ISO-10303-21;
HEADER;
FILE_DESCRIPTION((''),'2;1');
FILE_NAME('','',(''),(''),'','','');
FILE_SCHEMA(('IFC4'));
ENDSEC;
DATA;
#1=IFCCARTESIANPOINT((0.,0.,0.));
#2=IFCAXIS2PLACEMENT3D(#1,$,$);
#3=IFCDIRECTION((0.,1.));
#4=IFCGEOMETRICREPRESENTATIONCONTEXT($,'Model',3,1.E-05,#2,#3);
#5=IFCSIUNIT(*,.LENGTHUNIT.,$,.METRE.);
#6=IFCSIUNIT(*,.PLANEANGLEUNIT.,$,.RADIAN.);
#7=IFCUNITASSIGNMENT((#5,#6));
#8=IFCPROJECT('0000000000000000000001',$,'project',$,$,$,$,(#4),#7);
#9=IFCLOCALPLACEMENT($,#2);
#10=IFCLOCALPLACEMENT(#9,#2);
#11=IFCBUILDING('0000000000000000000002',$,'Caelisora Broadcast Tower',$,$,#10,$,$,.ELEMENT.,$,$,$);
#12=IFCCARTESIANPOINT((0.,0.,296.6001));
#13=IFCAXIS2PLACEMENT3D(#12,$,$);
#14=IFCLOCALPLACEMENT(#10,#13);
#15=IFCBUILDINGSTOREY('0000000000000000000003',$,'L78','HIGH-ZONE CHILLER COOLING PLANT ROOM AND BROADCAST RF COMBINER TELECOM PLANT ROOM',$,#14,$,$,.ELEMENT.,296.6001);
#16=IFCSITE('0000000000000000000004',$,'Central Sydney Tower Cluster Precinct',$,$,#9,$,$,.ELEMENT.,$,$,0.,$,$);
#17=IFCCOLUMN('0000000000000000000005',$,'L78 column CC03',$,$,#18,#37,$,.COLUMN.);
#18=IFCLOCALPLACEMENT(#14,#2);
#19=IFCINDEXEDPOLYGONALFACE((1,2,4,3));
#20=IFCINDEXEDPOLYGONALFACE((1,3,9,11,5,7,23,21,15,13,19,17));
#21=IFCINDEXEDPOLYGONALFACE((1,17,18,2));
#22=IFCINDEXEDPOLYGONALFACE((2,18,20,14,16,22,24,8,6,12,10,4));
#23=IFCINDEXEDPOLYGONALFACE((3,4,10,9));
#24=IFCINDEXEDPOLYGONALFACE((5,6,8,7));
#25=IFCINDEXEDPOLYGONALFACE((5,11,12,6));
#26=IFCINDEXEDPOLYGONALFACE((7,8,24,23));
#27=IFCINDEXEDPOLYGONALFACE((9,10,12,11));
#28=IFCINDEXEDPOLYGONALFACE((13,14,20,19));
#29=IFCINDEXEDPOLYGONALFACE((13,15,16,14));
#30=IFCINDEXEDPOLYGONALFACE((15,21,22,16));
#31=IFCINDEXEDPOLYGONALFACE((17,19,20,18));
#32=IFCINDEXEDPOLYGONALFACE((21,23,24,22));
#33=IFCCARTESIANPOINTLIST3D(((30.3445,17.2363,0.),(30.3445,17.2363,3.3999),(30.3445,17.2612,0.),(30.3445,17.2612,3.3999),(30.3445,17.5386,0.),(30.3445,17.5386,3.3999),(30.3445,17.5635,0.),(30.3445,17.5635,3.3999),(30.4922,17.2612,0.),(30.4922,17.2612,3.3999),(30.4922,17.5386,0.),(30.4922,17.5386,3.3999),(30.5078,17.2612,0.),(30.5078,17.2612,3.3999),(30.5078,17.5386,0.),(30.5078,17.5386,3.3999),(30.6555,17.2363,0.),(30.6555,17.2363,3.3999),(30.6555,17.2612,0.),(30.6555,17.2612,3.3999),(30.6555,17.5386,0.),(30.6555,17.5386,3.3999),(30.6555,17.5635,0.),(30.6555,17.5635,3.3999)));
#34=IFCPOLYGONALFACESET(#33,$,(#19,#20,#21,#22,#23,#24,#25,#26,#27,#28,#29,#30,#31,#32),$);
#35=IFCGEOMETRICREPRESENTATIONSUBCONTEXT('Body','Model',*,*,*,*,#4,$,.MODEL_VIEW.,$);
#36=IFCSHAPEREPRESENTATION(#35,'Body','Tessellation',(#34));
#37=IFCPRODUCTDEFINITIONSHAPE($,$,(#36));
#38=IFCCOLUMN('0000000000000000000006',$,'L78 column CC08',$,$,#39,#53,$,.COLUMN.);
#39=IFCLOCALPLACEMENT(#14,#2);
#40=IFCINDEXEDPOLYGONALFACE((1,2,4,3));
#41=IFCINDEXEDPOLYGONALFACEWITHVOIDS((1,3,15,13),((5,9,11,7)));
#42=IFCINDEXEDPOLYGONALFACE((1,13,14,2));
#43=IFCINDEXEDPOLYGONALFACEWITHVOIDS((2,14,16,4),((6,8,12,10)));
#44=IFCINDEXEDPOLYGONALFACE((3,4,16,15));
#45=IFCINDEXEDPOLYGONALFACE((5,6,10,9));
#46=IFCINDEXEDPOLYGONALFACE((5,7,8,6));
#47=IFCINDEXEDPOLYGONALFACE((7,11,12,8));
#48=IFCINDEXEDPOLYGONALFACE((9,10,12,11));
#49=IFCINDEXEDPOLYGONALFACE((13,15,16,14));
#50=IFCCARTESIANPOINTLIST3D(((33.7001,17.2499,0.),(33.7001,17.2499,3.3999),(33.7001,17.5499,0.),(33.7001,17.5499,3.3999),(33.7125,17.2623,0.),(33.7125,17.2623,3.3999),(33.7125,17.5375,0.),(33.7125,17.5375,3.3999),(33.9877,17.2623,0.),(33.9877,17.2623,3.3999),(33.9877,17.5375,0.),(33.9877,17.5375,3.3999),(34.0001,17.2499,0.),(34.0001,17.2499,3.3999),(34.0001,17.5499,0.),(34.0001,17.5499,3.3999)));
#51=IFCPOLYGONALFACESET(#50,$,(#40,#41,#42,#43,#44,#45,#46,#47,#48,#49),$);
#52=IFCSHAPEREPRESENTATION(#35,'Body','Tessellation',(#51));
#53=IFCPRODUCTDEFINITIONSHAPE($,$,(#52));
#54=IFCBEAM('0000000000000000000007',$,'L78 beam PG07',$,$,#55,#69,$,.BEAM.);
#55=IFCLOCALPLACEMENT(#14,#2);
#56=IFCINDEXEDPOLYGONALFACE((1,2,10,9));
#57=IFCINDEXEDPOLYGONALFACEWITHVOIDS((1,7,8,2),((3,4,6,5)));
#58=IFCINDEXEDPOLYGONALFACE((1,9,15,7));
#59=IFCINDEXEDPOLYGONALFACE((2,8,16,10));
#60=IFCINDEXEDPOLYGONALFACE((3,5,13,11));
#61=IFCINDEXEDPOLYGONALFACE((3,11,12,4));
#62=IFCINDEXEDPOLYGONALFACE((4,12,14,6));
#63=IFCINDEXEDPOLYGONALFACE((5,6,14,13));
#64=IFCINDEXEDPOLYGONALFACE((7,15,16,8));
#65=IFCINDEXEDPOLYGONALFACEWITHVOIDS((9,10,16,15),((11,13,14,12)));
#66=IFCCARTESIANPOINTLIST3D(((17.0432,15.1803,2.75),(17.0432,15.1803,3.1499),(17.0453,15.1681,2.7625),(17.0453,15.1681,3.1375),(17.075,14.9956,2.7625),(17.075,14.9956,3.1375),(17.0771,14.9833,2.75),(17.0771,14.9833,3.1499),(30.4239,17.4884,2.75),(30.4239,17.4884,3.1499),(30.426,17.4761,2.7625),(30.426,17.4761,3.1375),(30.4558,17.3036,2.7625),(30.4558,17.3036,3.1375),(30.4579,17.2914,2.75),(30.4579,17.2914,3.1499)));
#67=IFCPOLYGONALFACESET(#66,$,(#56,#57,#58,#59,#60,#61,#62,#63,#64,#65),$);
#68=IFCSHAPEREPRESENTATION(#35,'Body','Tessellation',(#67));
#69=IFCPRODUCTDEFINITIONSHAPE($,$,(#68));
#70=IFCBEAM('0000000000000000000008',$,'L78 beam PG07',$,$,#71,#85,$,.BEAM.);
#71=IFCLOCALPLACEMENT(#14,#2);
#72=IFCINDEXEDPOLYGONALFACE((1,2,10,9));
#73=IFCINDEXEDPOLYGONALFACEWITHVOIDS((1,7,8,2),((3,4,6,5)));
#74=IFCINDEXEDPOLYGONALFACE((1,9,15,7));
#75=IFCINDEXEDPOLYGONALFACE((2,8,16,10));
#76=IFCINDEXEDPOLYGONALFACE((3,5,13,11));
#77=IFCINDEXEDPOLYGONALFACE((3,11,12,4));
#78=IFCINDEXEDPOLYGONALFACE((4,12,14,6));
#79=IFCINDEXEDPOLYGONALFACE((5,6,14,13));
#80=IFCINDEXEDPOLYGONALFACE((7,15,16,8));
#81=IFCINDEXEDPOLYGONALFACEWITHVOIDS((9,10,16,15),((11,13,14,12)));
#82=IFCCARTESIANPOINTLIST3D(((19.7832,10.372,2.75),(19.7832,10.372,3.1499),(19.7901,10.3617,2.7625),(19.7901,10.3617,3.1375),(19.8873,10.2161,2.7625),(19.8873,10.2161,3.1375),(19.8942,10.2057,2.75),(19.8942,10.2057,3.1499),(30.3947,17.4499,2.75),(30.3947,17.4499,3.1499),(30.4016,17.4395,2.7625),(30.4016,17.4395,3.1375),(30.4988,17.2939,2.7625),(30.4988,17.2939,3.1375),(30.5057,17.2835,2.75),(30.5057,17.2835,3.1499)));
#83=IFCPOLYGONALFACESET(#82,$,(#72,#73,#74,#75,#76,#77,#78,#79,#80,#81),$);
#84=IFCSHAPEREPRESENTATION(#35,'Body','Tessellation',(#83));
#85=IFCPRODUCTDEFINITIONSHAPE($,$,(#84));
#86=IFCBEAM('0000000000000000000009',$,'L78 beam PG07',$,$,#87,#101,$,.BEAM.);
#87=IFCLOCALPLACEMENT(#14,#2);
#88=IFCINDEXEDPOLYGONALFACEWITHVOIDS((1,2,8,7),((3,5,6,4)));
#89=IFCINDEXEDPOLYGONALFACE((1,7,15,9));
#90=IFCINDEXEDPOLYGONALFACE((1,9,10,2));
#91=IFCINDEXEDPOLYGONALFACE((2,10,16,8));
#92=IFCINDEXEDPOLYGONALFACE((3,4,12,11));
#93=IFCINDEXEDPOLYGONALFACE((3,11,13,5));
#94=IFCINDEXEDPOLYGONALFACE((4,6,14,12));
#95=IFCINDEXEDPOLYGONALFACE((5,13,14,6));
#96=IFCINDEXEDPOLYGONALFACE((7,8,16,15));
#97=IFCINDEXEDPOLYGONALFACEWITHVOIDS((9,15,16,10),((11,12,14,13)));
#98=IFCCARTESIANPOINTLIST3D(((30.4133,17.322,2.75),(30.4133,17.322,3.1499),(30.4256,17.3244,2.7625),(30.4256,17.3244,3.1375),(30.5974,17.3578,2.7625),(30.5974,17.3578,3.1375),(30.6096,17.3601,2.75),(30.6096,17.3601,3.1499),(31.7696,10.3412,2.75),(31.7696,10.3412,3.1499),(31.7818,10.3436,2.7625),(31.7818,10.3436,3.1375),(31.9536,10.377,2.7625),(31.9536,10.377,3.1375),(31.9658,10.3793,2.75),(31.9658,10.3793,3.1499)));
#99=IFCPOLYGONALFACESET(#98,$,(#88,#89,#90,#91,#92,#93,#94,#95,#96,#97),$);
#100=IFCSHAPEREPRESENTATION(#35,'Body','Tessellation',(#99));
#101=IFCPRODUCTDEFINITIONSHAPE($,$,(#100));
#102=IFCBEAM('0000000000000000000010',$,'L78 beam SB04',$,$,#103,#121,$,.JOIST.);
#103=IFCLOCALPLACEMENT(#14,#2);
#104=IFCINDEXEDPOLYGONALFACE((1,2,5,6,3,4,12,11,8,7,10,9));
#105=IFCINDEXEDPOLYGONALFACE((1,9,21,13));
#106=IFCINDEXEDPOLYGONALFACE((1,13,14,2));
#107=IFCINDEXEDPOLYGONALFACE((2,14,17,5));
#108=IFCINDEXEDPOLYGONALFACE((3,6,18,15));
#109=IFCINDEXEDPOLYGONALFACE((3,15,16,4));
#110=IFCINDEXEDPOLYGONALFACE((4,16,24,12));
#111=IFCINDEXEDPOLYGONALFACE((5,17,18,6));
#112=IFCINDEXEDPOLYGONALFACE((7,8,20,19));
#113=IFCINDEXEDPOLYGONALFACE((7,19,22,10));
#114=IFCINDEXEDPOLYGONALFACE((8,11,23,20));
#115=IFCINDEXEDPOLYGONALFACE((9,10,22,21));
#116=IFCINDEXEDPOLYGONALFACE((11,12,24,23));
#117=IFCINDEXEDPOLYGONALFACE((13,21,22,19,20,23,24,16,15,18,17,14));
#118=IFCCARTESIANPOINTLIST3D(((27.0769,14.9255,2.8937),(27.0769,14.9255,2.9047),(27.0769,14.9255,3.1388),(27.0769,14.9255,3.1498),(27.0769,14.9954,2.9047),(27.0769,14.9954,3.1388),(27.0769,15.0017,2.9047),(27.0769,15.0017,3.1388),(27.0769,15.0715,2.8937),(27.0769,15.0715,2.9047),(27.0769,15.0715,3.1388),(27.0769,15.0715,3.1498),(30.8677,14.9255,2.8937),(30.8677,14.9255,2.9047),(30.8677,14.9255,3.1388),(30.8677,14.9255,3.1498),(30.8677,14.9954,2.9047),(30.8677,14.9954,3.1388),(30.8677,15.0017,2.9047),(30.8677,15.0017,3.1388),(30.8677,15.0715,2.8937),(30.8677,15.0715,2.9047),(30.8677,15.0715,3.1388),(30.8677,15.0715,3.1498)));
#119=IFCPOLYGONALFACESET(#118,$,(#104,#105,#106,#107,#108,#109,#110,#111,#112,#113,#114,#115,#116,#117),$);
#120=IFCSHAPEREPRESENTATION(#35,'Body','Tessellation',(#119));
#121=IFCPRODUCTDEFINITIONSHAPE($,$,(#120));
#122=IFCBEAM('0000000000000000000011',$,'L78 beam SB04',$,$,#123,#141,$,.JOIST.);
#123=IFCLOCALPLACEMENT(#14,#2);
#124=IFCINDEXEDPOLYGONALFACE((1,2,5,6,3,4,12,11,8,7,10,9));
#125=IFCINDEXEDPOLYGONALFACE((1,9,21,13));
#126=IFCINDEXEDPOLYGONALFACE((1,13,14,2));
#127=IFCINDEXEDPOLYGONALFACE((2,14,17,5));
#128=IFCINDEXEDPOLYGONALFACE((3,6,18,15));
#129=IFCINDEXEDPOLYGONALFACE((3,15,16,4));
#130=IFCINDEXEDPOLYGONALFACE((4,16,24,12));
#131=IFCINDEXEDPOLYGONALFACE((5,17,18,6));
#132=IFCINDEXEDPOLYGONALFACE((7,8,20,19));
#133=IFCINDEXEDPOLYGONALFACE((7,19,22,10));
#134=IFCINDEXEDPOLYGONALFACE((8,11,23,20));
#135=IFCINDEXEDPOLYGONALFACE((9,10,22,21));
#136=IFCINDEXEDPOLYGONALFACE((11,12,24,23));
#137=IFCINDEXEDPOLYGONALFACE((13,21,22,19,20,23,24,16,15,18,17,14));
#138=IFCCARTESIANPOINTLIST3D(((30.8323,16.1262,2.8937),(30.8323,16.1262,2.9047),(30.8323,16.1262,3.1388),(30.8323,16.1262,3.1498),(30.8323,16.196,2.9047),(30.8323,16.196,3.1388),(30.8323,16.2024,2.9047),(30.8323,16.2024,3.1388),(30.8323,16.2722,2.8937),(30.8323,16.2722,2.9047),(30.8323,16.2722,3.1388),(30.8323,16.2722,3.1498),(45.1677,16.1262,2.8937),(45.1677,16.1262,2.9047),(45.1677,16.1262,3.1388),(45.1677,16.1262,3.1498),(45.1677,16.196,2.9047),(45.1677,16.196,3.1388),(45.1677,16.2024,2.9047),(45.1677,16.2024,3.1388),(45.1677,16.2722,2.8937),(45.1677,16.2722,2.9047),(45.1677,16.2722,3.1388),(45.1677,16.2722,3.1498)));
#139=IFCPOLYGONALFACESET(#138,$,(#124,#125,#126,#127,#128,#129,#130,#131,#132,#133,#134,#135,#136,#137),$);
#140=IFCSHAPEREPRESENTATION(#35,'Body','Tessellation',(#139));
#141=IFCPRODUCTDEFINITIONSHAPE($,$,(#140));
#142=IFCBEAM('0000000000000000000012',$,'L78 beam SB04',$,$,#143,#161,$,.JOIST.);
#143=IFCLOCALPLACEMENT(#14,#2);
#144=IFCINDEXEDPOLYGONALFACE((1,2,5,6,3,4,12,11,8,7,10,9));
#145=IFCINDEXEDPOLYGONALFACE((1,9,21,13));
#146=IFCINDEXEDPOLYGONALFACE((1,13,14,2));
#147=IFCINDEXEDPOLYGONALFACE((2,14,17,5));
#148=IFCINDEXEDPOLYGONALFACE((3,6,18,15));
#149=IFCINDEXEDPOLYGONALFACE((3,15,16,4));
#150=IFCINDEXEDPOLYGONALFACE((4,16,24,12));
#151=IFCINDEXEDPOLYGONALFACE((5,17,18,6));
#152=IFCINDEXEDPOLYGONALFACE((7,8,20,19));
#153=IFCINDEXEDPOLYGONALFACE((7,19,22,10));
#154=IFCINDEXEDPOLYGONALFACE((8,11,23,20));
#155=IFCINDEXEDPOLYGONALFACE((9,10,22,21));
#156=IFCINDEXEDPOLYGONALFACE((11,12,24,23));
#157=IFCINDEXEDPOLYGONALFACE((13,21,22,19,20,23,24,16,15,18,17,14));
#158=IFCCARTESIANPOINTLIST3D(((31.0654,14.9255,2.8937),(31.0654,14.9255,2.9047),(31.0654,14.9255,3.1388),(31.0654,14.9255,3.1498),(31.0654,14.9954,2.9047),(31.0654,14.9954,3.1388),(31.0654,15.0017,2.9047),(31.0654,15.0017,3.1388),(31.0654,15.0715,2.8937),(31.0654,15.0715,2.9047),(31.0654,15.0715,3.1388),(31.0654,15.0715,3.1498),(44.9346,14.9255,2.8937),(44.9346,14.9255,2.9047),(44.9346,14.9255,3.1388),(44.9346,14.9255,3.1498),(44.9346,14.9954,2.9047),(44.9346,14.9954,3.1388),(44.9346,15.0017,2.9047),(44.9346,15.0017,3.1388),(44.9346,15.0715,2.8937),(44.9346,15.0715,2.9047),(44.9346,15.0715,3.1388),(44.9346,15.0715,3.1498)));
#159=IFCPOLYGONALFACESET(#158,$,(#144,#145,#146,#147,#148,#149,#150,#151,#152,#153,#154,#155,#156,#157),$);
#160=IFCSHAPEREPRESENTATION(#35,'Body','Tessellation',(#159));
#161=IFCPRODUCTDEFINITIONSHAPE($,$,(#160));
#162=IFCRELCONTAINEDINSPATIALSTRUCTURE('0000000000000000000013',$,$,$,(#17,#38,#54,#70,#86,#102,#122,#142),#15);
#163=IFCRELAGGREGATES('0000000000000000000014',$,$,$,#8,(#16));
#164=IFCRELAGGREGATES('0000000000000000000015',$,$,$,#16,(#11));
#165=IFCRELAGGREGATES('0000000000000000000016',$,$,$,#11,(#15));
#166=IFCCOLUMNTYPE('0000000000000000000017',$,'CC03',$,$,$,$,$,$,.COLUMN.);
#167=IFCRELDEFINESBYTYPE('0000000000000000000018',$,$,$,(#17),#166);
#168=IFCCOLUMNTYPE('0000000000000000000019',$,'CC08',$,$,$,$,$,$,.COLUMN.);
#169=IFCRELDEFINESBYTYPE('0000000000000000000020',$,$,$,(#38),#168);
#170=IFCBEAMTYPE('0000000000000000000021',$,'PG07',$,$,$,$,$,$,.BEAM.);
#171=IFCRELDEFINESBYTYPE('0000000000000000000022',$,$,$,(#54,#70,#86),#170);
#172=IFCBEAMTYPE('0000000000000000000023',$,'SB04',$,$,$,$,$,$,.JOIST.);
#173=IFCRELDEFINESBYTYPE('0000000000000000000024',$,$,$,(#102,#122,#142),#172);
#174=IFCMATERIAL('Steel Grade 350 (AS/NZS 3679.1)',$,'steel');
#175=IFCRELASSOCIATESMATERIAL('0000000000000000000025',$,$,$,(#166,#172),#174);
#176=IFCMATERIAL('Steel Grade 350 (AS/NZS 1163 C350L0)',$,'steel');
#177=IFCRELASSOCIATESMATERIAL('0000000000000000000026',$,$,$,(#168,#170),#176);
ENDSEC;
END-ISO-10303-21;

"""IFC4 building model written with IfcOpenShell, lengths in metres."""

from ifc_helpers import new_model, si_unit, direction, frame, origin, origin_2d, place, context, subcontext, project, spatial, hollow_rectangle, i_section, extrude, source, transform, mapped, material, material_profile, profile_set, type_object, type_shapes, element, save


model = new_model("IFC4")

# Units and contexts
model_context = context("Model", 3, precision=1e-05, world=origin(), true_north=direction((0.0, 1.0)))
body_context = subcontext(model_context, "Body", "Model", "MODEL_VIEW")
ifc_project = project(units=[si_unit("LENGTHUNIT", "METRE"), si_unit("PLANEANGLEUNIT", "RADIAN")], contexts=[model_context])

# Site, building, storey
site_placement = place(None, origin())
site = spatial("IfcSite", under=ifc_project, at=site_placement, Name="Central Sydney Tower Cluster Precinct", CompositionType="ELEMENT", RefElevation=0.0)
building_placement = place(site_placement, origin())
building = spatial("IfcBuilding", under=site, at=building_placement, Name="Caelisora Broadcast Tower", CompositionType="ELEMENT")
storey_placement = place(building_placement, frame((0.0, 0.0, 296.6001)))
storey = spatial("IfcBuildingStorey", under=building, at=storey_placement, Name="L78", Description="HIGH-ZONE CHILLER COOLING PLANT ROOM AND BROADCAST RF COMBINER TELECOM PLANT ROOM", CompositionType="ELEMENT", Elevation=296.6001)

# Columns
ifc_material_1 = material(Name="Steel Grade 350 (AS/NZS 3679.1)", Category="steel")
ifc_material_profile_1 = material_profile(ifc_material_1, i_section(OverallWidth=0.311, OverallDepth=0.3271, WebThickness=0.0156, FlangeThickness=0.0249, at=origin_2d()), Name="Steel Grade 350 (AS/NZS 3679.1)")
ifc_profile_set_1 = profile_set([ifc_material_profile_1], Name="Steel Grade 350 (AS/NZS 3679.1)")
column_type_1 = type_object("IfcColumnType", Name="CC03", PredefinedType="COLUMN", material=ifc_profile_set_1)
shared_shape_1 = source(origin(), body_context, "Body", "SweptSolid", [
    extrude(i_section(OverallWidth=0.311, OverallDepth=0.3271, WebThickness=0.0156, FlangeThickness=0.0249, at=origin_2d()), origin(), (0.0, 0.0, 1.0), 3.3999),
])
type_shapes(column_type_1, [shared_shape_1])
column_1_placement = place(storey_placement, frame((30.5, 17.3999, 0.0), z_axis=(0.0, 0.0, 1.0), x_axis=(1.0, 0.0, 0.0)))
element("IfcColumn", 1, at=column_1_placement, inside=storey, type_object=column_type_1, Name="L78 column CC03", PredefinedType="COLUMN", context=body_context, shape_type="MappedRepresentation", body=[
    mapped(shared_shape_1, transform((0.0, 0.0, 0.0), scale=1.0)),
])
ifc_material_2 = material(Name="Steel Grade 350 (AS/NZS 1163 C350L0)", Category="steel")
ifc_material_profile_2 = material_profile(ifc_material_2, hollow_rectangle(XDim=0.3, YDim=0.3, WallThickness=0.0125, at=origin_2d()), Name="Steel Grade 350 (AS/NZS 1163 C350L0)")
ifc_profile_set_2 = profile_set([ifc_material_profile_2], Name="Steel Grade 350 (AS/NZS 1163 C350L0)")
column_type_2 = type_object("IfcColumnType", Name="CC08", PredefinedType="COLUMN", material=ifc_profile_set_2)
shared_shape_2 = source(origin(), body_context, "Body", "SweptSolid", [
    extrude(hollow_rectangle(XDim=0.3, YDim=0.3, WallThickness=0.0125, at=origin_2d()), origin(), (0.0, 0.0, 1.0), 3.3999),
])
type_shapes(column_type_2, [shared_shape_2])
column_2_placement = place(storey_placement, frame((33.8501, 17.3999, 0.0), z_axis=(0.0, 0.0, 1.0), x_axis=(1.0, 0.0, 0.0)))
element("IfcColumn", 2, at=column_2_placement, inside=storey, type_object=column_type_2, Name="L78 column CC08", PredefinedType="COLUMN", context=body_context, shape_type="MappedRepresentation", body=[
    mapped(shared_shape_2, transform((0.0, 0.0, 0.0), scale=1.0)),
])

# Beams
ifc_material_profile_3 = material_profile(ifc_material_2, hollow_rectangle(XDim=0.2, YDim=0.3999, WallThickness=0.0125, at=origin_2d()), Name="Steel Grade 350 (AS/NZS 1163 C350L0)")
ifc_profile_set_3 = profile_set([ifc_material_profile_3], Name="Steel Grade 350 (AS/NZS 1163 C350L0)")
beam_type_1 = type_object("IfcBeamType", Name="PG07", PredefinedType="BEAM", material=ifc_profile_set_3)
shared_shape_3 = source(origin(), body_context, "Body", "SweptSolid", [
    extrude(hollow_rectangle(XDim=0.2, YDim=0.3999, WallThickness=0.0125, at=origin_2d()), origin(), (0.0, 0.0, 1.0), 13.5784),
])
beam_1_placement = place(storey_placement, frame((30.4409, 17.3899, 2.95), z_axis=(-0.985447, -0.169983, 0.0), x_axis=(0.169983, -0.985447, 0.0)))
element("IfcBeam", 3, at=beam_1_placement, inside=storey, type_object=beam_type_1, Name="L78 beam PG07", PredefinedType="BEAM", context=body_context, shape_type="MappedRepresentation", body=[
    mapped(shared_shape_3, transform((0.0, 0.0, 0.0), scale=1.0)),
])
shared_shape_4 = source(origin(), body_context, "Body", "SweptSolid", [
    extrude(hollow_rectangle(XDim=0.2, YDim=0.3999, WallThickness=0.0125, at=origin_2d()), origin(), (0.0, 0.0, 1.0), 12.7554),
])
beam_2_placement = place(storey_placement, frame((30.4502, 17.3667, 2.95), z_axis=(-0.831924, -0.55489, 0.0), x_axis=(0.55489, -0.831924, 0.0)))
element("IfcBeam", 4, at=beam_2_placement, inside=storey, type_object=beam_type_1, Name="L78 beam PG07", PredefinedType="BEAM", context=body_context, shape_type="MappedRepresentation", body=[
    mapped(shared_shape_4, transform((0.0, 0.0, 0.0), scale=1.0)),
])
shared_shape_5 = source(origin(), body_context, "Body", "SweptSolid", [
    extrude(hollow_rectangle(XDim=0.2, YDim=0.3999, WallThickness=0.0125, at=origin_2d()), origin(), (0.0, 0.0, 1.0), 7.1113),
])
type_shapes(beam_type_1, [shared_shape_3, shared_shape_4, shared_shape_5])
beam_3_placement = place(storey_placement, frame((30.5115, 17.3411, 2.95), z_axis=(0.190713, -0.981646, 0.0), x_axis=(0.981646, 0.190713, 0.0)))
element("IfcBeam", 5, at=beam_3_placement, inside=storey, type_object=beam_type_1, Name="L78 beam PG07", PredefinedType="BEAM", context=body_context, shape_type="MappedRepresentation", body=[
    mapped(shared_shape_5, transform((0.0, 0.0, 0.0), scale=1.0)),
])
ifc_material_profile_4 = material_profile(ifc_material_1, i_section(OverallWidth=0.146, OverallDepth=0.2561, WebThickness=0.0063, FlangeThickness=0.011, at=origin_2d()), Name="Steel Grade 350 (AS/NZS 3679.1)")
ifc_profile_set_4 = profile_set([ifc_material_profile_4], Name="Steel Grade 350 (AS/NZS 3679.1)")
beam_type_2 = type_object("IfcBeamType", Name="SB04", PredefinedType="JOIST", material=ifc_profile_set_4)
shared_shape_6 = source(origin(), body_context, "Body", "SweptSolid", [
    extrude(i_section(OverallWidth=0.146, OverallDepth=0.2561, WebThickness=0.0063, FlangeThickness=0.011, at=origin_2d()), origin(), (0.0, 0.0, 1.0), 3.7908),
])
beam_4_placement = place(storey_placement, frame((27.0769, 14.9985, 3.0217), z_axis=(1.0, 0.0, 0.0), x_axis=(0.0, 1.0, 0.0)))
element("IfcBeam", 6, at=beam_4_placement, inside=storey, type_object=beam_type_2, Name="L78 beam SB04", PredefinedType="JOIST", context=body_context, shape_type="MappedRepresentation", body=[
    mapped(shared_shape_6, transform((0.0, 0.0, 0.0), scale=1.0)),
])
shared_shape_7 = source(origin(), body_context, "Body", "SweptSolid", [
    extrude(i_section(OverallWidth=0.146, OverallDepth=0.2561, WebThickness=0.0063, FlangeThickness=0.011, at=origin_2d()), origin(), (0.0, 0.0, 1.0), 14.3354),
])
beam_5_placement = place(storey_placement, frame((30.8323, 16.1992, 3.0217), z_axis=(1.0, 0.0, 0.0), x_axis=(0.0, 1.0, 0.0)))
element("IfcBeam", 7, at=beam_5_placement, inside=storey, type_object=beam_type_2, Name="L78 beam SB04", PredefinedType="JOIST", context=body_context, shape_type="MappedRepresentation", body=[
    mapped(shared_shape_7, transform((0.0, 0.0, 0.0), scale=1.0)),
])
shared_shape_8 = source(origin(), body_context, "Body", "SweptSolid", [
    extrude(i_section(OverallWidth=0.146, OverallDepth=0.2561, WebThickness=0.0063, FlangeThickness=0.011, at=origin_2d()), origin(), (0.0, 0.0, 1.0), 13.8691),
])
type_shapes(beam_type_2, [shared_shape_6, shared_shape_7, shared_shape_8])
beam_6_placement = place(storey_placement, frame((31.0654, 14.9985, 3.0217), z_axis=(1.0, 0.0, 0.0), x_axis=(0.0, 1.0, 0.0)))
element("IfcBeam", 8, at=beam_6_placement, inside=storey, type_object=beam_type_2, Name="L78 beam SB04", PredefinedType="JOIST", context=body_context, shape_type="MappedRepresentation", body=[
    mapped(shared_shape_8, transform((0.0, 0.0, 0.0), scale=1.0)),
])

save(model, "model.ifc")
